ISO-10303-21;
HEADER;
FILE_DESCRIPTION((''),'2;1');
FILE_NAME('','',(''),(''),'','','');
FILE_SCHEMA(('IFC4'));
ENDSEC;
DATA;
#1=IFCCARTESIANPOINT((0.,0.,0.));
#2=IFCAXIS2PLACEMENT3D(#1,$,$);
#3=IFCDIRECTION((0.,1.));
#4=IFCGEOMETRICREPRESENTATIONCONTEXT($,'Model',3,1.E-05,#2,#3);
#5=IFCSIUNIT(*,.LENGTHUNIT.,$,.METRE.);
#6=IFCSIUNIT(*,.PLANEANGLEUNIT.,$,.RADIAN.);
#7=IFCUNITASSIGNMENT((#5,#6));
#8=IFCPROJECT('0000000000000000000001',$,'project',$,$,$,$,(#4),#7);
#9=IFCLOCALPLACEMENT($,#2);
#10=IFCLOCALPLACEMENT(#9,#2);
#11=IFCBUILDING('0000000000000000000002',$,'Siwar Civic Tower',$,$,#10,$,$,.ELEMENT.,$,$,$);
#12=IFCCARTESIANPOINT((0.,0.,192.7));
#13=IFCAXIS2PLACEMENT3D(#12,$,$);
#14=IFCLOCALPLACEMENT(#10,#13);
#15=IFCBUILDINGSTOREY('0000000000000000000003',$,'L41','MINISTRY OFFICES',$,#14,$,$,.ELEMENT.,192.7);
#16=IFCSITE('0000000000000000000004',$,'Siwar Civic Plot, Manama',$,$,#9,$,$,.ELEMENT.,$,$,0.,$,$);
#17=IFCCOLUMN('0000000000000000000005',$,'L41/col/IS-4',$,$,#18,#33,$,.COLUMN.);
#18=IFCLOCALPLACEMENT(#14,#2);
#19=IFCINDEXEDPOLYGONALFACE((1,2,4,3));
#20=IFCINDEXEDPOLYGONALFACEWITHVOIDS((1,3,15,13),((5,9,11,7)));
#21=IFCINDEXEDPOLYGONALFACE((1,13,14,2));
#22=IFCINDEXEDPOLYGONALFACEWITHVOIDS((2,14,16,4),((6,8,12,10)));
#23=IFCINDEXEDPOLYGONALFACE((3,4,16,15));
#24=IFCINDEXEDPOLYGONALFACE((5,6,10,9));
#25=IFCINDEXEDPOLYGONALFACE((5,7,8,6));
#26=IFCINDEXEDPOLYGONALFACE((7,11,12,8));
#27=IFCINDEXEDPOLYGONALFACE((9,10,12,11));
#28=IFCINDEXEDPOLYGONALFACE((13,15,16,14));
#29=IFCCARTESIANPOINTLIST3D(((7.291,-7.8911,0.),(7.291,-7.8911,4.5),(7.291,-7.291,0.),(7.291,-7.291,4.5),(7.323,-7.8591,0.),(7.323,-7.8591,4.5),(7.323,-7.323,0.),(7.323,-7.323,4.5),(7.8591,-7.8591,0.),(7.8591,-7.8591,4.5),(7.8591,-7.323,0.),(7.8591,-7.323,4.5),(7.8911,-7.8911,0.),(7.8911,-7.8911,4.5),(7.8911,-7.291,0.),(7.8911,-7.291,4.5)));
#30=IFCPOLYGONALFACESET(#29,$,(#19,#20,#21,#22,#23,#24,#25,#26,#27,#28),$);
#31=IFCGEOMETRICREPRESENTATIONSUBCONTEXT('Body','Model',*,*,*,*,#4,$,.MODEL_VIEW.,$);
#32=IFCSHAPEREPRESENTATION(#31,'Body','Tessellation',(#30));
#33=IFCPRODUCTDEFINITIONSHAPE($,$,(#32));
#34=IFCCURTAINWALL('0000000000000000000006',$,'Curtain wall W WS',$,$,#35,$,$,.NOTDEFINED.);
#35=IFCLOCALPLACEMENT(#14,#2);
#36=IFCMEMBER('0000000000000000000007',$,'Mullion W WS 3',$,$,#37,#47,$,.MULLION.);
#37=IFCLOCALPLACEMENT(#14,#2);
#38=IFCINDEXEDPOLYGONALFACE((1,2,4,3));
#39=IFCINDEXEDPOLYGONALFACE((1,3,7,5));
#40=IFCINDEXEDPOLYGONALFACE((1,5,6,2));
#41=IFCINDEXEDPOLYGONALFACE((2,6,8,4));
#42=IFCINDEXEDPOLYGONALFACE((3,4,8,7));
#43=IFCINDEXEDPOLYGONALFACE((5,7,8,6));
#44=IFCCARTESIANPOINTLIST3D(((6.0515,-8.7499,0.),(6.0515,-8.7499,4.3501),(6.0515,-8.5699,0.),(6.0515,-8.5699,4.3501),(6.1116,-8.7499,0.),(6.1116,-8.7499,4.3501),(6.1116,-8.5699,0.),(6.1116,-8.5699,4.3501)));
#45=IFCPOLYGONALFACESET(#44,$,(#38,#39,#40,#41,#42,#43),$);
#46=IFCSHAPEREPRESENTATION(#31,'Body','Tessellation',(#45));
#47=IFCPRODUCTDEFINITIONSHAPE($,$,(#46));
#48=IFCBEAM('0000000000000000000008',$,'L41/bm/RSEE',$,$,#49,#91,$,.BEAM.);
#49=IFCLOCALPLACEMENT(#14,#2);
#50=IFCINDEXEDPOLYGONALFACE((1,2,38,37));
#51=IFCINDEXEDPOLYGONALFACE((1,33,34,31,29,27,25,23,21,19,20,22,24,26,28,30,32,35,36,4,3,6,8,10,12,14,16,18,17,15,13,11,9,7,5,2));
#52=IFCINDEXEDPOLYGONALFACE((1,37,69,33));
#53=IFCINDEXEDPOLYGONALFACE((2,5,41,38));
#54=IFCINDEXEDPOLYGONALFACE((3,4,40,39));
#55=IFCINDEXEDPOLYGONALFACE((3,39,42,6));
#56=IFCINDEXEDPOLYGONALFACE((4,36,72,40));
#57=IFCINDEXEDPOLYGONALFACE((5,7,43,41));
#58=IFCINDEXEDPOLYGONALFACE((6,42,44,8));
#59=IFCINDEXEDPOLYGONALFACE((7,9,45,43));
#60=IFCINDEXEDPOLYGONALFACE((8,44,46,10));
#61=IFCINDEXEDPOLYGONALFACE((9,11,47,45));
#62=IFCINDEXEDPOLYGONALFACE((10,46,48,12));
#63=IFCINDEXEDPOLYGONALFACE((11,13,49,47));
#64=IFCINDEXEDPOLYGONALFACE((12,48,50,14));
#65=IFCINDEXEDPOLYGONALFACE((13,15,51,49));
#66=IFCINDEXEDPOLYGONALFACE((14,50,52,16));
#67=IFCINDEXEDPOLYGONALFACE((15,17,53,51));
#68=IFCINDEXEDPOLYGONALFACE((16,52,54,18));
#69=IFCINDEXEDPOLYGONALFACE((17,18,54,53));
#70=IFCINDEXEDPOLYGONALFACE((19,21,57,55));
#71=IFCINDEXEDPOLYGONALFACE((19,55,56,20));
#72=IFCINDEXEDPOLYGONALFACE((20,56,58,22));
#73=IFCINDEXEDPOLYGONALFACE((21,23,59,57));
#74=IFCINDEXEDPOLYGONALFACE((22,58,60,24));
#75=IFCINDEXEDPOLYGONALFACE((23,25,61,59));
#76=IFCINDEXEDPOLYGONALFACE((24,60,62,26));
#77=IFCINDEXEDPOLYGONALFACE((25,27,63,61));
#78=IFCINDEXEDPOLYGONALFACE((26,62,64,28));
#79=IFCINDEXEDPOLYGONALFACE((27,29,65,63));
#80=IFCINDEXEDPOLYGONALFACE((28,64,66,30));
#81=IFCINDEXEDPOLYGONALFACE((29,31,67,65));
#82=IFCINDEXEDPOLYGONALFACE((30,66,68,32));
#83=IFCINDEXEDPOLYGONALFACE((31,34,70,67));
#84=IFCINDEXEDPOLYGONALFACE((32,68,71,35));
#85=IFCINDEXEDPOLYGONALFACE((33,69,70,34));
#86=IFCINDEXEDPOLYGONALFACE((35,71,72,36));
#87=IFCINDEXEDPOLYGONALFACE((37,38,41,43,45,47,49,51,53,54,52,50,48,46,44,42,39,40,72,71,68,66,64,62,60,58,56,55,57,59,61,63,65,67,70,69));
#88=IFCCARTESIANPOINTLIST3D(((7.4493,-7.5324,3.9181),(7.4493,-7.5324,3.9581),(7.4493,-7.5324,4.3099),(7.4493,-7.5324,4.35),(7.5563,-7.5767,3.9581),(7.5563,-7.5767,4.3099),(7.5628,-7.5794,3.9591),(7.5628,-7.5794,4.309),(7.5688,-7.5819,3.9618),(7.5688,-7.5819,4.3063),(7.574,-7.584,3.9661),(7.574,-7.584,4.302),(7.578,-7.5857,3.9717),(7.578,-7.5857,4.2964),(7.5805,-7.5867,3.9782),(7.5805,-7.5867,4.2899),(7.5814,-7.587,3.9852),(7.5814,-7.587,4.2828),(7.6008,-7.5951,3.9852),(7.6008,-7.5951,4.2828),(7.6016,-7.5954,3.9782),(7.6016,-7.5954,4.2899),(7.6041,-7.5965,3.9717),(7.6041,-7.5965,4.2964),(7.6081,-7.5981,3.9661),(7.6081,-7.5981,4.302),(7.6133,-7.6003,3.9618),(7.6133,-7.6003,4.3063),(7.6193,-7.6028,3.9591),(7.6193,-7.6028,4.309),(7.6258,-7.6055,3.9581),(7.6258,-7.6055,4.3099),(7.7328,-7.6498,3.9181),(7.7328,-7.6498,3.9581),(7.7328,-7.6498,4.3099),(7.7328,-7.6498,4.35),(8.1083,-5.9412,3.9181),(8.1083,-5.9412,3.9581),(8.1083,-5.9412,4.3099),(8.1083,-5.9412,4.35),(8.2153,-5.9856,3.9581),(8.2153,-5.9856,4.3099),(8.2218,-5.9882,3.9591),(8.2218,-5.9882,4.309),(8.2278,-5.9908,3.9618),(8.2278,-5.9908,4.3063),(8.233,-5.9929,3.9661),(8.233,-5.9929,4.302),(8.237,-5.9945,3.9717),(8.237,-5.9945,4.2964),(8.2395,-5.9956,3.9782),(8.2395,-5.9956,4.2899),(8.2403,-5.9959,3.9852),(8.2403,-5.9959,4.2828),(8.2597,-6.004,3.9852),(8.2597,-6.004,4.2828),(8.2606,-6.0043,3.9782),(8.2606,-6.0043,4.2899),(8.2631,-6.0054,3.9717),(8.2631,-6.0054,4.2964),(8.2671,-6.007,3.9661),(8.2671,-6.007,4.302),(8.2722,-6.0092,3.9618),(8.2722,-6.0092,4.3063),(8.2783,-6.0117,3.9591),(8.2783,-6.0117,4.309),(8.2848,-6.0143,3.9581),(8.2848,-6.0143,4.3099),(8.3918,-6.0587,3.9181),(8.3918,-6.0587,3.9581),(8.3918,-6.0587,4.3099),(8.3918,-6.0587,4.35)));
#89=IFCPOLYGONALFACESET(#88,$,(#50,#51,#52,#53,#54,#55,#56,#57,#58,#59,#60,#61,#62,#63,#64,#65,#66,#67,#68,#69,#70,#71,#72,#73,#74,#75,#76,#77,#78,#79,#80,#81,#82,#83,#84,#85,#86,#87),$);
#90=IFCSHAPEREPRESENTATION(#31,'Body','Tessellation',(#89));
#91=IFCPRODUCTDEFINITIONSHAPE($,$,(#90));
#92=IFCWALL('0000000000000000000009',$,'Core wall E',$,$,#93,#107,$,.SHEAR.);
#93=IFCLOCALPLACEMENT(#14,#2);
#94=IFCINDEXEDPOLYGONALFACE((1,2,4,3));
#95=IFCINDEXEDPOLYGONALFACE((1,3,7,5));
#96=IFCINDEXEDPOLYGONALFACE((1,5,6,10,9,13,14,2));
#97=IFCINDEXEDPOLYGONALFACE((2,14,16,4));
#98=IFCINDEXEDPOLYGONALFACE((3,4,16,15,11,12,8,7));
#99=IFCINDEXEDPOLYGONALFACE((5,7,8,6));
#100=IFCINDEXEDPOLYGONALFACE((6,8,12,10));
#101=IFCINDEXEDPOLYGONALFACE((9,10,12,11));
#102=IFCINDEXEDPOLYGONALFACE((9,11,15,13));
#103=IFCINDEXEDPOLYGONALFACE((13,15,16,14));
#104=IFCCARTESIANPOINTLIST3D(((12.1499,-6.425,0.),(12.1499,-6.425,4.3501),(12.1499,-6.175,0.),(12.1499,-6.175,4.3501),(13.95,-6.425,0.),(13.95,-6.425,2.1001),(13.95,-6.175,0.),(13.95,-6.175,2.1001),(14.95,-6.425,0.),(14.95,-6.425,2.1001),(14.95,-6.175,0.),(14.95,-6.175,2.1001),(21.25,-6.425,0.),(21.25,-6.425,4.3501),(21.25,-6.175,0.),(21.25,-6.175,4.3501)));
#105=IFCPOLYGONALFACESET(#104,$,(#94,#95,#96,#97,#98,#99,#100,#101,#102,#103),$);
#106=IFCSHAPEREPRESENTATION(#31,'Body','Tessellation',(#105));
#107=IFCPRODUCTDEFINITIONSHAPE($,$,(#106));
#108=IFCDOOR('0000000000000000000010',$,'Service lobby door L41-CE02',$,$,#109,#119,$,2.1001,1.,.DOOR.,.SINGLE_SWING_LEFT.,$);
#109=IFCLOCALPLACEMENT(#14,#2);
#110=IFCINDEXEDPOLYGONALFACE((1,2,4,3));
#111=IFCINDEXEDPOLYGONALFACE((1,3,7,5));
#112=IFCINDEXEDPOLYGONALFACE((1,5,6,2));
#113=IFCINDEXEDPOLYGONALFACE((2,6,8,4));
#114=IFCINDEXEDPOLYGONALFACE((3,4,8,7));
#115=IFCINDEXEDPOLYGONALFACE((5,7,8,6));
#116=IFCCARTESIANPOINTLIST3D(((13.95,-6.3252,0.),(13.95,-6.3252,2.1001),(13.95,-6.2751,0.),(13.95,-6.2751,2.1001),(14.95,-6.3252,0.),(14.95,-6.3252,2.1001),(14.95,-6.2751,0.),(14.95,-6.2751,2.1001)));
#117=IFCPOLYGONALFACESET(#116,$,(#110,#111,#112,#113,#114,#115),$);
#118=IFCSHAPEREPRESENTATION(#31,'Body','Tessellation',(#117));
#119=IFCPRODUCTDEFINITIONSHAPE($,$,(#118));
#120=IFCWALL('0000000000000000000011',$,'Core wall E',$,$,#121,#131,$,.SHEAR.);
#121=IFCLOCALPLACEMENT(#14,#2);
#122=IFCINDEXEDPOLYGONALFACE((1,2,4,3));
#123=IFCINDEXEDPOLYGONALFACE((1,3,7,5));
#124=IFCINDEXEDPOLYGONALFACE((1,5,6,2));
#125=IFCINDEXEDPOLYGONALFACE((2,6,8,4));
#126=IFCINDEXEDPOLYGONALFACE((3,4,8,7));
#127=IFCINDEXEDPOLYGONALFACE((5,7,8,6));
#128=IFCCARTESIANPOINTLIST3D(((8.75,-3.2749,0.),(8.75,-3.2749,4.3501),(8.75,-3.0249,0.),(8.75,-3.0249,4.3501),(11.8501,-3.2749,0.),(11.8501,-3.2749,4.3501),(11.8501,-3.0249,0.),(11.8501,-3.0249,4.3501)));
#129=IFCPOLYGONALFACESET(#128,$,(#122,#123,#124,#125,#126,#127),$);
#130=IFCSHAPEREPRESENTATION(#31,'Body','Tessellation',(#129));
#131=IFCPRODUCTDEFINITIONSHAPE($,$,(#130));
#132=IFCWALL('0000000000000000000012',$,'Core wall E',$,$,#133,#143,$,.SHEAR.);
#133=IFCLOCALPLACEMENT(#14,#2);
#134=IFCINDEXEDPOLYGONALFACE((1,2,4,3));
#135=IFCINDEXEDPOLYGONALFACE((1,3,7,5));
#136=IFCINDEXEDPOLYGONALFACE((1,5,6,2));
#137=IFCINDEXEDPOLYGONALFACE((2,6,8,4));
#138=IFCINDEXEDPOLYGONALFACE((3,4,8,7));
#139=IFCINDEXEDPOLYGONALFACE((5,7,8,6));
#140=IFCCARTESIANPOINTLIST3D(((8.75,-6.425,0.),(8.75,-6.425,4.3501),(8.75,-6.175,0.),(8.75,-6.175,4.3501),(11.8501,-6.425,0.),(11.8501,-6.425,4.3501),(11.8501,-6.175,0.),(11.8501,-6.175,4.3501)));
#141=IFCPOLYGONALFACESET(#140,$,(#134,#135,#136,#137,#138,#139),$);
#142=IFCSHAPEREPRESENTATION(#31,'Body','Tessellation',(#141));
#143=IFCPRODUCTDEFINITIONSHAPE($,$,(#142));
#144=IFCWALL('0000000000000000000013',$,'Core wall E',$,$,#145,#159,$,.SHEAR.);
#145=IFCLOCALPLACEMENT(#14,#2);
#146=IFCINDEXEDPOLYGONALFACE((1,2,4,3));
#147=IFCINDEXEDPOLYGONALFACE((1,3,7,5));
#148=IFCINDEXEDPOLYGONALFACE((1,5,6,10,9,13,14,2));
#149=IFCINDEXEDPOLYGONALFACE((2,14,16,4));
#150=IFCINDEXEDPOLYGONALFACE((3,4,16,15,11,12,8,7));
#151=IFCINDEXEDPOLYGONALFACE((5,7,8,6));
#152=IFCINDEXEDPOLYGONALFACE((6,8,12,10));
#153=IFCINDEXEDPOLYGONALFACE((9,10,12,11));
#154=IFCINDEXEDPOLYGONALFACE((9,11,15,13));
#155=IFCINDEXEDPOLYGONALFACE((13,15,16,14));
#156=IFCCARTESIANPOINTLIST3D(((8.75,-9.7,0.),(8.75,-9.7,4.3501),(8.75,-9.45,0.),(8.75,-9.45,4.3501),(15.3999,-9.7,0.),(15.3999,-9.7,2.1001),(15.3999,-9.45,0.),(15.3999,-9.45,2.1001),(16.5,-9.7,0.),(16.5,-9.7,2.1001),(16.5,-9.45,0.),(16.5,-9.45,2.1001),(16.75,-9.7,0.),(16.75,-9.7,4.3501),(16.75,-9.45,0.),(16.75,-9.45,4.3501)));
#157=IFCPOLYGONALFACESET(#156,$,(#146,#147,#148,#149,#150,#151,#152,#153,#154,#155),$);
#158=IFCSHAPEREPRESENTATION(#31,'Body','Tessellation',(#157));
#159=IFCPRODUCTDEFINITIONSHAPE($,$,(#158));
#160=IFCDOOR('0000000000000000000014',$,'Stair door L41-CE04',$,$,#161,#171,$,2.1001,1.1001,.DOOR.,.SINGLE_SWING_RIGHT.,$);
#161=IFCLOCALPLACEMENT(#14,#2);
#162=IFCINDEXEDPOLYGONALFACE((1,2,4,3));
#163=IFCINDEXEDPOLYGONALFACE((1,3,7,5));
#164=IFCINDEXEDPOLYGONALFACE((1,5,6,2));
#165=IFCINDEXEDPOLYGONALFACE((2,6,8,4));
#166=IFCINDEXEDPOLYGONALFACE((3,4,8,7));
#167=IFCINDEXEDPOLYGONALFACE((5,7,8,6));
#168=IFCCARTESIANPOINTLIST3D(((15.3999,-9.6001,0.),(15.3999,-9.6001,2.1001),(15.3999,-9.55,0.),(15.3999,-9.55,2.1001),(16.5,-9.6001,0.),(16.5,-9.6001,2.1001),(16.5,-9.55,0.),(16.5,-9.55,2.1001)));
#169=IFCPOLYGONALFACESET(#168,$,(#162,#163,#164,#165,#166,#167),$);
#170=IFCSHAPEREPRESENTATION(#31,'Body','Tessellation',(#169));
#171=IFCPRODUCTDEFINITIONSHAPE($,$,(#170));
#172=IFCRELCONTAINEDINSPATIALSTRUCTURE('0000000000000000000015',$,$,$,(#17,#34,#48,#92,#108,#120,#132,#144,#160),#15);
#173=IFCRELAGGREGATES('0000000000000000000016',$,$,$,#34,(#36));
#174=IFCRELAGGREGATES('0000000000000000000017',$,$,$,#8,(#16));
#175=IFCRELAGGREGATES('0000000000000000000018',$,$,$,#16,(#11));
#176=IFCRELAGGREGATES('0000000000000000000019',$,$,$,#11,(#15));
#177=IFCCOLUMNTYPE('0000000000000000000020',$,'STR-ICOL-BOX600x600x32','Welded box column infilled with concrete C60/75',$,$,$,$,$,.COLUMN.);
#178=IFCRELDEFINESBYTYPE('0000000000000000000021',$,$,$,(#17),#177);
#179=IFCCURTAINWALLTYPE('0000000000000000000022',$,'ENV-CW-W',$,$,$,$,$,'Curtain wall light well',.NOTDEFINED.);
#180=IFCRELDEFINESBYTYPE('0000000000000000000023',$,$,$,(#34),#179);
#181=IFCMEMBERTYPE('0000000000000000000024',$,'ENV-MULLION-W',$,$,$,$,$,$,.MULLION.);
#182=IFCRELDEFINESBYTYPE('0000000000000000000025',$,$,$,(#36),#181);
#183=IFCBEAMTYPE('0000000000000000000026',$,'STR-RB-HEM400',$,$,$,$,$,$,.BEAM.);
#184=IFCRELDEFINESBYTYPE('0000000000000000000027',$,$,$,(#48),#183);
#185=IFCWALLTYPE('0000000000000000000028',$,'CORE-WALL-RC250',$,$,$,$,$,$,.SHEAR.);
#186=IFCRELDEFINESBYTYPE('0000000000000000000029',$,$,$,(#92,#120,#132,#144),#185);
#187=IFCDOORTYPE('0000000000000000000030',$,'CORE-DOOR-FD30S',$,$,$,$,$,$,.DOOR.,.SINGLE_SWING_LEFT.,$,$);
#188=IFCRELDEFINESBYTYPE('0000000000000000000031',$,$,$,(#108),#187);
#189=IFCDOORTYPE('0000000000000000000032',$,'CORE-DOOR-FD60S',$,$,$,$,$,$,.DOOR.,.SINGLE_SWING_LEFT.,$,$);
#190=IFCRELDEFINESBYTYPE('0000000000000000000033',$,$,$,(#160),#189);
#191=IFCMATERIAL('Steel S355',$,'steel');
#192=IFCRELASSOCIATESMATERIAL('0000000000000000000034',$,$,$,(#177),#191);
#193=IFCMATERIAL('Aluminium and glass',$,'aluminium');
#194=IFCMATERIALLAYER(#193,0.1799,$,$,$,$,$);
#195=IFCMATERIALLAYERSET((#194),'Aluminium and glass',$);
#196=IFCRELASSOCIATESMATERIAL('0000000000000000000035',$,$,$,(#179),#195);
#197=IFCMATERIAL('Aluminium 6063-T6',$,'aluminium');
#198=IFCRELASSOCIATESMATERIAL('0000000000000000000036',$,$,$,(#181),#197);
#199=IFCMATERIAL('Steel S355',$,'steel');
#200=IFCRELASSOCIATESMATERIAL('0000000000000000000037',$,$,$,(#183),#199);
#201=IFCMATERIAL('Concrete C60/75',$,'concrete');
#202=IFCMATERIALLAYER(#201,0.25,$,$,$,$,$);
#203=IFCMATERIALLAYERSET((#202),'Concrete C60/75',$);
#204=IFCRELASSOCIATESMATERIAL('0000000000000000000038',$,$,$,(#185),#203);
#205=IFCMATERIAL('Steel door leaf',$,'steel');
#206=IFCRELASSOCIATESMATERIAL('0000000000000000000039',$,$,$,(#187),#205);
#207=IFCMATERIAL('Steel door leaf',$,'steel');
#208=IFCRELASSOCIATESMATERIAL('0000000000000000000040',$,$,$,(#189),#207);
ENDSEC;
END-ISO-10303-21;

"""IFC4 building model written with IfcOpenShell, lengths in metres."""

from ifc_helpers import new_model, si_unit, direction, frame, frame_2d, origin, origin_2d, place, context, subcontext, project, spatial, rectangle, hollow_rectangle, i_section, extrude, material, layer, layer_set, material_profile, profile_set, type_object, element, fill, aggregate, save


model = new_model("IFC4")

# Units and contexts
model_context = context("Model", 3, precision=1e-05, world=origin(), true_north=direction((0.0, 1.0)))
body_context = subcontext(model_context, "Body", "Model", "MODEL_VIEW")
ifc_project = project(units=[si_unit("LENGTHUNIT", "METRE"), si_unit("PLANEANGLEUNIT", "RADIAN")], contexts=[model_context])

# Site, building, storey
site_placement = place(None, origin())
site = spatial("IfcSite", under=ifc_project, at=site_placement, Name="Siwar Civic Plot, Manama", CompositionType="ELEMENT", RefElevation=0.0)
building_placement = place(site_placement, origin())
building = spatial("IfcBuilding", under=site, at=building_placement, Name="Siwar Civic Tower", CompositionType="ELEMENT")
storey_placement = place(building_placement, frame((0.0, 0.0, 192.7)))
storey = spatial("IfcBuildingStorey", under=building, at=storey_placement, Name="L41", Description="MINISTRY OFFICES", CompositionType="ELEMENT", Elevation=192.7)

# Column
ifc_material_1 = material(Name="Steel S355", Category="steel")
ifc_material_profile_1 = material_profile(ifc_material_1, hollow_rectangle(XDim=0.6001, YDim=0.6001, WallThickness=0.032, at=origin_2d()), Name="BOX600x600x32")
ifc_profile_set_1 = profile_set([ifc_material_profile_1], Name="Steel S355")
column_type = type_object("IfcColumnType", Name="STR-ICOL-BOX600x600x32", Description="Welded box column infilled with concrete C60/75", PredefinedType="COLUMN", material=ifc_profile_set_1)
column_placement = place(storey_placement, frame((7.5911, -7.5911, 0.0), z_axis=(0.0, 0.0, 1.0), x_axis=(1.0, 0.0, 0.0)))
element("IfcColumn", 1, at=column_placement, inside=storey, type_object=column_type, Name="L41/col/IS-4", PredefinedType="COLUMN", context=body_context, shape_type="SweptSolid", body=[
    extrude(hollow_rectangle(XDim=0.6001, YDim=0.6001, WallThickness=0.032, at=origin_2d()), origin(), (0.0, 0.0, 1.0), 4.5),
])

# Curtain wall, member
ifc_material_2 = material(Name="Aluminium and glass", Category="aluminium")
ifc_layer_1 = layer(ifc_material_2, 0.1799)
ifc_layer_set_1 = layer_set([ifc_layer_1], Name="Aluminium and glass")
curtain_wall_type = type_object("IfcCurtainWallType", Name="ENV-CW-W", ElementType="Curtain wall light well", PredefinedType="NOTDEFINED", material=ifc_layer_set_1)
curtain_wall_placement = place(storey_placement, origin())
curtain_wall = element("IfcCurtainWall", 2, at=curtain_wall_placement, inside=storey, type_object=curtain_wall_type, Name="Curtain wall W WS", PredefinedType="NOTDEFINED")
ifc_material_3 = material(Name="Aluminium 6063-T6", Category="aluminium")
ifc_material_profile_2 = material_profile(ifc_material_3, rectangle(XDim=0.1799, YDim=0.0601, at=origin_2d()), Name="AL 180x60")
ifc_profile_set_2 = profile_set([ifc_material_profile_2], Name="Aluminium 6063-T6")
member_type = type_object("IfcMemberType", Name="ENV-MULLION-W", PredefinedType="MULLION", material=ifc_profile_set_2)
member_placement = place(storey_placement, frame((6.0815, -8.6599, 0.0), z_axis=(0.0, 0.0, 1.0), x_axis=(0.0, 1.0, 0.0)))
member = element("IfcMember", 3, at=member_placement, type_object=member_type, Name="Mullion W WS 3", PredefinedType="MULLION", context=body_context, shape_type="SweptSolid", body=[
    extrude(rectangle(XDim=0.1799, YDim=0.0601, at=origin_2d()), origin(), (0.0, 0.0, 1.0), 4.3501),
])
aggregate(curtain_wall, [member])

# Beam
ifc_material_4 = material(Name="Steel S355", Category="steel")
ifc_material_profile_3 = material_profile(ifc_material_4, i_section(OverallWidth=0.3069, OverallDepth=0.4319, WebThickness=0.021, FlangeThickness=0.04, FilletRadius=0.0271, at=origin_2d()), Name="HEM400")
ifc_profile_set_3 = profile_set([ifc_material_profile_3], Name="Steel S355")
beam_type = type_object("IfcBeamType", Name="STR-RB-HEM400", PredefinedType="BEAM", material=ifc_profile_set_3)
beam_placement = place(storey_placement, frame((7.5911, -7.5911, 4.134), z_axis=(0.382631, 0.923901, 0.0), x_axis=(-0.923901, 0.382631, 0.0)))
element("IfcBeam", 4, at=beam_placement, inside=storey, type_object=beam_type, Name="L41/bm/RSEE", PredefinedType="BEAM", context=body_context, shape_type="SweptSolid", body=[
    extrude(i_section(OverallWidth=0.3069, OverallDepth=0.4319, WebThickness=0.021, FlangeThickness=0.04, FilletRadius=0.0271, at=origin_2d()), origin(), (0.0, 0.0, 1.0), 1.7222),
])

# Wall, opening, door
ifc_material_5 = material(Name="Concrete C60/75", Category="concrete")
ifc_layer_2 = layer(ifc_material_5, 0.25)
ifc_layer_set_2 = layer_set([ifc_layer_2], Name="Concrete C60/75")
wall_type_1 = type_object("IfcWallType", Name="CORE-WALL-RC250", PredefinedType="SHEAR", material=ifc_layer_set_2)
wall_1_placement = place(storey_placement, frame((12.1499, -6.3, 0.0), z_axis=(0.0, 0.0, 1.0), x_axis=(1.0, 0.0, 0.0)))
wall_1 = element("IfcWall", 5, at=wall_1_placement, inside=storey, type_object=wall_type_1, Name="Core wall E", PredefinedType="SHEAR", context=body_context, shape_type="SweptSolid", body=[
    extrude(rectangle(XDim=9.1001, YDim=0.25, at=frame_2d((4.55, 0.0))), origin(), (0.0, 0.0, 1.0), 4.3501),
])
opening_1_placement = place(wall_1_placement, frame((1.8, 0.0, 0.0)))
opening_1 = element("IfcOpeningElement", 6, at=opening_1_placement, cuts=wall_1, PredefinedType="OPENING", context=body_context, shape_type="SweptSolid", body=[
    extrude(rectangle(XDim=1.0, YDim=2.1001, at=frame_2d((0.5, 1.05))), frame((0.0, 0.135, 0.0), z_axis=(0.0, -1.0, 0.0), x_axis=(1.0, 0.0, 0.0)), (0.0, 0.0, 1.0), 0.27),
])
ifc_material_6 = material(Name="Steel door leaf", Category="steel")
door_type_1 = type_object("IfcDoorType", Name="CORE-DOOR-FD30S", OperationType="SINGLE_SWING_LEFT", PredefinedType="DOOR", material=ifc_material_6)
door_1_placement = place(opening_1_placement, origin())
door_1 = element("IfcDoor", 7, at=door_1_placement, inside=storey, type_object=door_type_1, Name="Service lobby door L41-CE02", OperationType="SINGLE_SWING_LEFT", OverallHeight=2.1001, OverallWidth=1.0, PredefinedType="DOOR", context=body_context, shape_type="SweptSolid", body=[
    extrude(rectangle(XDim=1.0, YDim=2.1001, at=frame_2d((0.5, 1.05))), frame((0.0, 0.0249, 0.0), z_axis=(0.0, -1.0, 0.0), x_axis=(1.0, 0.0, 0.0)), (0.0, 0.0, 1.0), 0.05),
])
fill(opening_1, door_1)

# Walls
for number, where, z_axis, x_axis, name in (
    (8, (8.75, -3.1499, 0.0), (0.0, 0.0, 1.0), (1.0, 0.0, 0.0), "Core wall E"),
    (9, (8.75, -6.3, 0.0), (0.0, 0.0, 1.0), (1.0, 0.0, 0.0), "Core wall E"),
):
    element("IfcWall", number, at=place(storey_placement, frame(where, z_axis=z_axis, x_axis=x_axis)), inside=storey, type_object=wall_type_1, Name=name, PredefinedType="SHEAR", context=body_context, shape_type="SweptSolid", body=[
        extrude(rectangle(XDim=3.1001, YDim=0.25, at=frame_2d((1.55, 0.0))), origin(), (0.0, 0.0, 1.0), 4.3501),
    ])

# Wall, opening, door
wall_2_placement = place(storey_placement, frame((8.75, -9.575, 0.0), z_axis=(0.0, 0.0, 1.0), x_axis=(1.0, 0.0, 0.0)))
wall_2 = element("IfcWall", 10, at=wall_2_placement, inside=storey, type_object=wall_type_1, Name="Core wall E", PredefinedType="SHEAR", context=body_context, shape_type="SweptSolid", body=[
    extrude(rectangle(XDim=8.0, YDim=0.25, at=frame_2d((4.0, 0.0))), origin(), (0.0, 0.0, 1.0), 4.3501),
])
opening_2_placement = place(wall_2_placement, frame((6.6499, 0.0, 0.0)))
opening_2 = element("IfcOpeningElement", 11, at=opening_2_placement, cuts=wall_2, PredefinedType="OPENING", context=body_context, shape_type="SweptSolid", body=[
    extrude(rectangle(XDim=1.1001, YDim=2.1001, at=frame_2d((0.55, 1.05))), frame((0.0, 0.135, 0.0), z_axis=(0.0, -1.0, 0.0), x_axis=(1.0, 0.0, 0.0)), (0.0, 0.0, 1.0), 0.27),
])
ifc_material_7 = material(Name="Steel door leaf", Category="steel")
door_type_2 = type_object("IfcDoorType", Name="CORE-DOOR-FD60S", OperationType="SINGLE_SWING_LEFT", PredefinedType="DOOR", material=ifc_material_7)
door_2_placement = place(opening_2_placement, origin())
door_2 = element("IfcDoor", 12, at=door_2_placement, inside=storey, type_object=door_type_2, Name="Stair door L41-CE04", OperationType="SINGLE_SWING_RIGHT", OverallHeight=2.1001, OverallWidth=1.1001, PredefinedType="DOOR", context=body_context, shape_type="SweptSolid", body=[
    extrude(rectangle(XDim=1.1001, YDim=2.1001, at=frame_2d((0.55, 1.05))), frame((0.0, 0.0249, 0.0), z_axis=(0.0, -1.0, 0.0), x_axis=(1.0, 0.0, 0.0)), (0.0, 0.0, 1.0), 0.05),
])
fill(opening_2, door_2)

save(model, "model.ifc")
